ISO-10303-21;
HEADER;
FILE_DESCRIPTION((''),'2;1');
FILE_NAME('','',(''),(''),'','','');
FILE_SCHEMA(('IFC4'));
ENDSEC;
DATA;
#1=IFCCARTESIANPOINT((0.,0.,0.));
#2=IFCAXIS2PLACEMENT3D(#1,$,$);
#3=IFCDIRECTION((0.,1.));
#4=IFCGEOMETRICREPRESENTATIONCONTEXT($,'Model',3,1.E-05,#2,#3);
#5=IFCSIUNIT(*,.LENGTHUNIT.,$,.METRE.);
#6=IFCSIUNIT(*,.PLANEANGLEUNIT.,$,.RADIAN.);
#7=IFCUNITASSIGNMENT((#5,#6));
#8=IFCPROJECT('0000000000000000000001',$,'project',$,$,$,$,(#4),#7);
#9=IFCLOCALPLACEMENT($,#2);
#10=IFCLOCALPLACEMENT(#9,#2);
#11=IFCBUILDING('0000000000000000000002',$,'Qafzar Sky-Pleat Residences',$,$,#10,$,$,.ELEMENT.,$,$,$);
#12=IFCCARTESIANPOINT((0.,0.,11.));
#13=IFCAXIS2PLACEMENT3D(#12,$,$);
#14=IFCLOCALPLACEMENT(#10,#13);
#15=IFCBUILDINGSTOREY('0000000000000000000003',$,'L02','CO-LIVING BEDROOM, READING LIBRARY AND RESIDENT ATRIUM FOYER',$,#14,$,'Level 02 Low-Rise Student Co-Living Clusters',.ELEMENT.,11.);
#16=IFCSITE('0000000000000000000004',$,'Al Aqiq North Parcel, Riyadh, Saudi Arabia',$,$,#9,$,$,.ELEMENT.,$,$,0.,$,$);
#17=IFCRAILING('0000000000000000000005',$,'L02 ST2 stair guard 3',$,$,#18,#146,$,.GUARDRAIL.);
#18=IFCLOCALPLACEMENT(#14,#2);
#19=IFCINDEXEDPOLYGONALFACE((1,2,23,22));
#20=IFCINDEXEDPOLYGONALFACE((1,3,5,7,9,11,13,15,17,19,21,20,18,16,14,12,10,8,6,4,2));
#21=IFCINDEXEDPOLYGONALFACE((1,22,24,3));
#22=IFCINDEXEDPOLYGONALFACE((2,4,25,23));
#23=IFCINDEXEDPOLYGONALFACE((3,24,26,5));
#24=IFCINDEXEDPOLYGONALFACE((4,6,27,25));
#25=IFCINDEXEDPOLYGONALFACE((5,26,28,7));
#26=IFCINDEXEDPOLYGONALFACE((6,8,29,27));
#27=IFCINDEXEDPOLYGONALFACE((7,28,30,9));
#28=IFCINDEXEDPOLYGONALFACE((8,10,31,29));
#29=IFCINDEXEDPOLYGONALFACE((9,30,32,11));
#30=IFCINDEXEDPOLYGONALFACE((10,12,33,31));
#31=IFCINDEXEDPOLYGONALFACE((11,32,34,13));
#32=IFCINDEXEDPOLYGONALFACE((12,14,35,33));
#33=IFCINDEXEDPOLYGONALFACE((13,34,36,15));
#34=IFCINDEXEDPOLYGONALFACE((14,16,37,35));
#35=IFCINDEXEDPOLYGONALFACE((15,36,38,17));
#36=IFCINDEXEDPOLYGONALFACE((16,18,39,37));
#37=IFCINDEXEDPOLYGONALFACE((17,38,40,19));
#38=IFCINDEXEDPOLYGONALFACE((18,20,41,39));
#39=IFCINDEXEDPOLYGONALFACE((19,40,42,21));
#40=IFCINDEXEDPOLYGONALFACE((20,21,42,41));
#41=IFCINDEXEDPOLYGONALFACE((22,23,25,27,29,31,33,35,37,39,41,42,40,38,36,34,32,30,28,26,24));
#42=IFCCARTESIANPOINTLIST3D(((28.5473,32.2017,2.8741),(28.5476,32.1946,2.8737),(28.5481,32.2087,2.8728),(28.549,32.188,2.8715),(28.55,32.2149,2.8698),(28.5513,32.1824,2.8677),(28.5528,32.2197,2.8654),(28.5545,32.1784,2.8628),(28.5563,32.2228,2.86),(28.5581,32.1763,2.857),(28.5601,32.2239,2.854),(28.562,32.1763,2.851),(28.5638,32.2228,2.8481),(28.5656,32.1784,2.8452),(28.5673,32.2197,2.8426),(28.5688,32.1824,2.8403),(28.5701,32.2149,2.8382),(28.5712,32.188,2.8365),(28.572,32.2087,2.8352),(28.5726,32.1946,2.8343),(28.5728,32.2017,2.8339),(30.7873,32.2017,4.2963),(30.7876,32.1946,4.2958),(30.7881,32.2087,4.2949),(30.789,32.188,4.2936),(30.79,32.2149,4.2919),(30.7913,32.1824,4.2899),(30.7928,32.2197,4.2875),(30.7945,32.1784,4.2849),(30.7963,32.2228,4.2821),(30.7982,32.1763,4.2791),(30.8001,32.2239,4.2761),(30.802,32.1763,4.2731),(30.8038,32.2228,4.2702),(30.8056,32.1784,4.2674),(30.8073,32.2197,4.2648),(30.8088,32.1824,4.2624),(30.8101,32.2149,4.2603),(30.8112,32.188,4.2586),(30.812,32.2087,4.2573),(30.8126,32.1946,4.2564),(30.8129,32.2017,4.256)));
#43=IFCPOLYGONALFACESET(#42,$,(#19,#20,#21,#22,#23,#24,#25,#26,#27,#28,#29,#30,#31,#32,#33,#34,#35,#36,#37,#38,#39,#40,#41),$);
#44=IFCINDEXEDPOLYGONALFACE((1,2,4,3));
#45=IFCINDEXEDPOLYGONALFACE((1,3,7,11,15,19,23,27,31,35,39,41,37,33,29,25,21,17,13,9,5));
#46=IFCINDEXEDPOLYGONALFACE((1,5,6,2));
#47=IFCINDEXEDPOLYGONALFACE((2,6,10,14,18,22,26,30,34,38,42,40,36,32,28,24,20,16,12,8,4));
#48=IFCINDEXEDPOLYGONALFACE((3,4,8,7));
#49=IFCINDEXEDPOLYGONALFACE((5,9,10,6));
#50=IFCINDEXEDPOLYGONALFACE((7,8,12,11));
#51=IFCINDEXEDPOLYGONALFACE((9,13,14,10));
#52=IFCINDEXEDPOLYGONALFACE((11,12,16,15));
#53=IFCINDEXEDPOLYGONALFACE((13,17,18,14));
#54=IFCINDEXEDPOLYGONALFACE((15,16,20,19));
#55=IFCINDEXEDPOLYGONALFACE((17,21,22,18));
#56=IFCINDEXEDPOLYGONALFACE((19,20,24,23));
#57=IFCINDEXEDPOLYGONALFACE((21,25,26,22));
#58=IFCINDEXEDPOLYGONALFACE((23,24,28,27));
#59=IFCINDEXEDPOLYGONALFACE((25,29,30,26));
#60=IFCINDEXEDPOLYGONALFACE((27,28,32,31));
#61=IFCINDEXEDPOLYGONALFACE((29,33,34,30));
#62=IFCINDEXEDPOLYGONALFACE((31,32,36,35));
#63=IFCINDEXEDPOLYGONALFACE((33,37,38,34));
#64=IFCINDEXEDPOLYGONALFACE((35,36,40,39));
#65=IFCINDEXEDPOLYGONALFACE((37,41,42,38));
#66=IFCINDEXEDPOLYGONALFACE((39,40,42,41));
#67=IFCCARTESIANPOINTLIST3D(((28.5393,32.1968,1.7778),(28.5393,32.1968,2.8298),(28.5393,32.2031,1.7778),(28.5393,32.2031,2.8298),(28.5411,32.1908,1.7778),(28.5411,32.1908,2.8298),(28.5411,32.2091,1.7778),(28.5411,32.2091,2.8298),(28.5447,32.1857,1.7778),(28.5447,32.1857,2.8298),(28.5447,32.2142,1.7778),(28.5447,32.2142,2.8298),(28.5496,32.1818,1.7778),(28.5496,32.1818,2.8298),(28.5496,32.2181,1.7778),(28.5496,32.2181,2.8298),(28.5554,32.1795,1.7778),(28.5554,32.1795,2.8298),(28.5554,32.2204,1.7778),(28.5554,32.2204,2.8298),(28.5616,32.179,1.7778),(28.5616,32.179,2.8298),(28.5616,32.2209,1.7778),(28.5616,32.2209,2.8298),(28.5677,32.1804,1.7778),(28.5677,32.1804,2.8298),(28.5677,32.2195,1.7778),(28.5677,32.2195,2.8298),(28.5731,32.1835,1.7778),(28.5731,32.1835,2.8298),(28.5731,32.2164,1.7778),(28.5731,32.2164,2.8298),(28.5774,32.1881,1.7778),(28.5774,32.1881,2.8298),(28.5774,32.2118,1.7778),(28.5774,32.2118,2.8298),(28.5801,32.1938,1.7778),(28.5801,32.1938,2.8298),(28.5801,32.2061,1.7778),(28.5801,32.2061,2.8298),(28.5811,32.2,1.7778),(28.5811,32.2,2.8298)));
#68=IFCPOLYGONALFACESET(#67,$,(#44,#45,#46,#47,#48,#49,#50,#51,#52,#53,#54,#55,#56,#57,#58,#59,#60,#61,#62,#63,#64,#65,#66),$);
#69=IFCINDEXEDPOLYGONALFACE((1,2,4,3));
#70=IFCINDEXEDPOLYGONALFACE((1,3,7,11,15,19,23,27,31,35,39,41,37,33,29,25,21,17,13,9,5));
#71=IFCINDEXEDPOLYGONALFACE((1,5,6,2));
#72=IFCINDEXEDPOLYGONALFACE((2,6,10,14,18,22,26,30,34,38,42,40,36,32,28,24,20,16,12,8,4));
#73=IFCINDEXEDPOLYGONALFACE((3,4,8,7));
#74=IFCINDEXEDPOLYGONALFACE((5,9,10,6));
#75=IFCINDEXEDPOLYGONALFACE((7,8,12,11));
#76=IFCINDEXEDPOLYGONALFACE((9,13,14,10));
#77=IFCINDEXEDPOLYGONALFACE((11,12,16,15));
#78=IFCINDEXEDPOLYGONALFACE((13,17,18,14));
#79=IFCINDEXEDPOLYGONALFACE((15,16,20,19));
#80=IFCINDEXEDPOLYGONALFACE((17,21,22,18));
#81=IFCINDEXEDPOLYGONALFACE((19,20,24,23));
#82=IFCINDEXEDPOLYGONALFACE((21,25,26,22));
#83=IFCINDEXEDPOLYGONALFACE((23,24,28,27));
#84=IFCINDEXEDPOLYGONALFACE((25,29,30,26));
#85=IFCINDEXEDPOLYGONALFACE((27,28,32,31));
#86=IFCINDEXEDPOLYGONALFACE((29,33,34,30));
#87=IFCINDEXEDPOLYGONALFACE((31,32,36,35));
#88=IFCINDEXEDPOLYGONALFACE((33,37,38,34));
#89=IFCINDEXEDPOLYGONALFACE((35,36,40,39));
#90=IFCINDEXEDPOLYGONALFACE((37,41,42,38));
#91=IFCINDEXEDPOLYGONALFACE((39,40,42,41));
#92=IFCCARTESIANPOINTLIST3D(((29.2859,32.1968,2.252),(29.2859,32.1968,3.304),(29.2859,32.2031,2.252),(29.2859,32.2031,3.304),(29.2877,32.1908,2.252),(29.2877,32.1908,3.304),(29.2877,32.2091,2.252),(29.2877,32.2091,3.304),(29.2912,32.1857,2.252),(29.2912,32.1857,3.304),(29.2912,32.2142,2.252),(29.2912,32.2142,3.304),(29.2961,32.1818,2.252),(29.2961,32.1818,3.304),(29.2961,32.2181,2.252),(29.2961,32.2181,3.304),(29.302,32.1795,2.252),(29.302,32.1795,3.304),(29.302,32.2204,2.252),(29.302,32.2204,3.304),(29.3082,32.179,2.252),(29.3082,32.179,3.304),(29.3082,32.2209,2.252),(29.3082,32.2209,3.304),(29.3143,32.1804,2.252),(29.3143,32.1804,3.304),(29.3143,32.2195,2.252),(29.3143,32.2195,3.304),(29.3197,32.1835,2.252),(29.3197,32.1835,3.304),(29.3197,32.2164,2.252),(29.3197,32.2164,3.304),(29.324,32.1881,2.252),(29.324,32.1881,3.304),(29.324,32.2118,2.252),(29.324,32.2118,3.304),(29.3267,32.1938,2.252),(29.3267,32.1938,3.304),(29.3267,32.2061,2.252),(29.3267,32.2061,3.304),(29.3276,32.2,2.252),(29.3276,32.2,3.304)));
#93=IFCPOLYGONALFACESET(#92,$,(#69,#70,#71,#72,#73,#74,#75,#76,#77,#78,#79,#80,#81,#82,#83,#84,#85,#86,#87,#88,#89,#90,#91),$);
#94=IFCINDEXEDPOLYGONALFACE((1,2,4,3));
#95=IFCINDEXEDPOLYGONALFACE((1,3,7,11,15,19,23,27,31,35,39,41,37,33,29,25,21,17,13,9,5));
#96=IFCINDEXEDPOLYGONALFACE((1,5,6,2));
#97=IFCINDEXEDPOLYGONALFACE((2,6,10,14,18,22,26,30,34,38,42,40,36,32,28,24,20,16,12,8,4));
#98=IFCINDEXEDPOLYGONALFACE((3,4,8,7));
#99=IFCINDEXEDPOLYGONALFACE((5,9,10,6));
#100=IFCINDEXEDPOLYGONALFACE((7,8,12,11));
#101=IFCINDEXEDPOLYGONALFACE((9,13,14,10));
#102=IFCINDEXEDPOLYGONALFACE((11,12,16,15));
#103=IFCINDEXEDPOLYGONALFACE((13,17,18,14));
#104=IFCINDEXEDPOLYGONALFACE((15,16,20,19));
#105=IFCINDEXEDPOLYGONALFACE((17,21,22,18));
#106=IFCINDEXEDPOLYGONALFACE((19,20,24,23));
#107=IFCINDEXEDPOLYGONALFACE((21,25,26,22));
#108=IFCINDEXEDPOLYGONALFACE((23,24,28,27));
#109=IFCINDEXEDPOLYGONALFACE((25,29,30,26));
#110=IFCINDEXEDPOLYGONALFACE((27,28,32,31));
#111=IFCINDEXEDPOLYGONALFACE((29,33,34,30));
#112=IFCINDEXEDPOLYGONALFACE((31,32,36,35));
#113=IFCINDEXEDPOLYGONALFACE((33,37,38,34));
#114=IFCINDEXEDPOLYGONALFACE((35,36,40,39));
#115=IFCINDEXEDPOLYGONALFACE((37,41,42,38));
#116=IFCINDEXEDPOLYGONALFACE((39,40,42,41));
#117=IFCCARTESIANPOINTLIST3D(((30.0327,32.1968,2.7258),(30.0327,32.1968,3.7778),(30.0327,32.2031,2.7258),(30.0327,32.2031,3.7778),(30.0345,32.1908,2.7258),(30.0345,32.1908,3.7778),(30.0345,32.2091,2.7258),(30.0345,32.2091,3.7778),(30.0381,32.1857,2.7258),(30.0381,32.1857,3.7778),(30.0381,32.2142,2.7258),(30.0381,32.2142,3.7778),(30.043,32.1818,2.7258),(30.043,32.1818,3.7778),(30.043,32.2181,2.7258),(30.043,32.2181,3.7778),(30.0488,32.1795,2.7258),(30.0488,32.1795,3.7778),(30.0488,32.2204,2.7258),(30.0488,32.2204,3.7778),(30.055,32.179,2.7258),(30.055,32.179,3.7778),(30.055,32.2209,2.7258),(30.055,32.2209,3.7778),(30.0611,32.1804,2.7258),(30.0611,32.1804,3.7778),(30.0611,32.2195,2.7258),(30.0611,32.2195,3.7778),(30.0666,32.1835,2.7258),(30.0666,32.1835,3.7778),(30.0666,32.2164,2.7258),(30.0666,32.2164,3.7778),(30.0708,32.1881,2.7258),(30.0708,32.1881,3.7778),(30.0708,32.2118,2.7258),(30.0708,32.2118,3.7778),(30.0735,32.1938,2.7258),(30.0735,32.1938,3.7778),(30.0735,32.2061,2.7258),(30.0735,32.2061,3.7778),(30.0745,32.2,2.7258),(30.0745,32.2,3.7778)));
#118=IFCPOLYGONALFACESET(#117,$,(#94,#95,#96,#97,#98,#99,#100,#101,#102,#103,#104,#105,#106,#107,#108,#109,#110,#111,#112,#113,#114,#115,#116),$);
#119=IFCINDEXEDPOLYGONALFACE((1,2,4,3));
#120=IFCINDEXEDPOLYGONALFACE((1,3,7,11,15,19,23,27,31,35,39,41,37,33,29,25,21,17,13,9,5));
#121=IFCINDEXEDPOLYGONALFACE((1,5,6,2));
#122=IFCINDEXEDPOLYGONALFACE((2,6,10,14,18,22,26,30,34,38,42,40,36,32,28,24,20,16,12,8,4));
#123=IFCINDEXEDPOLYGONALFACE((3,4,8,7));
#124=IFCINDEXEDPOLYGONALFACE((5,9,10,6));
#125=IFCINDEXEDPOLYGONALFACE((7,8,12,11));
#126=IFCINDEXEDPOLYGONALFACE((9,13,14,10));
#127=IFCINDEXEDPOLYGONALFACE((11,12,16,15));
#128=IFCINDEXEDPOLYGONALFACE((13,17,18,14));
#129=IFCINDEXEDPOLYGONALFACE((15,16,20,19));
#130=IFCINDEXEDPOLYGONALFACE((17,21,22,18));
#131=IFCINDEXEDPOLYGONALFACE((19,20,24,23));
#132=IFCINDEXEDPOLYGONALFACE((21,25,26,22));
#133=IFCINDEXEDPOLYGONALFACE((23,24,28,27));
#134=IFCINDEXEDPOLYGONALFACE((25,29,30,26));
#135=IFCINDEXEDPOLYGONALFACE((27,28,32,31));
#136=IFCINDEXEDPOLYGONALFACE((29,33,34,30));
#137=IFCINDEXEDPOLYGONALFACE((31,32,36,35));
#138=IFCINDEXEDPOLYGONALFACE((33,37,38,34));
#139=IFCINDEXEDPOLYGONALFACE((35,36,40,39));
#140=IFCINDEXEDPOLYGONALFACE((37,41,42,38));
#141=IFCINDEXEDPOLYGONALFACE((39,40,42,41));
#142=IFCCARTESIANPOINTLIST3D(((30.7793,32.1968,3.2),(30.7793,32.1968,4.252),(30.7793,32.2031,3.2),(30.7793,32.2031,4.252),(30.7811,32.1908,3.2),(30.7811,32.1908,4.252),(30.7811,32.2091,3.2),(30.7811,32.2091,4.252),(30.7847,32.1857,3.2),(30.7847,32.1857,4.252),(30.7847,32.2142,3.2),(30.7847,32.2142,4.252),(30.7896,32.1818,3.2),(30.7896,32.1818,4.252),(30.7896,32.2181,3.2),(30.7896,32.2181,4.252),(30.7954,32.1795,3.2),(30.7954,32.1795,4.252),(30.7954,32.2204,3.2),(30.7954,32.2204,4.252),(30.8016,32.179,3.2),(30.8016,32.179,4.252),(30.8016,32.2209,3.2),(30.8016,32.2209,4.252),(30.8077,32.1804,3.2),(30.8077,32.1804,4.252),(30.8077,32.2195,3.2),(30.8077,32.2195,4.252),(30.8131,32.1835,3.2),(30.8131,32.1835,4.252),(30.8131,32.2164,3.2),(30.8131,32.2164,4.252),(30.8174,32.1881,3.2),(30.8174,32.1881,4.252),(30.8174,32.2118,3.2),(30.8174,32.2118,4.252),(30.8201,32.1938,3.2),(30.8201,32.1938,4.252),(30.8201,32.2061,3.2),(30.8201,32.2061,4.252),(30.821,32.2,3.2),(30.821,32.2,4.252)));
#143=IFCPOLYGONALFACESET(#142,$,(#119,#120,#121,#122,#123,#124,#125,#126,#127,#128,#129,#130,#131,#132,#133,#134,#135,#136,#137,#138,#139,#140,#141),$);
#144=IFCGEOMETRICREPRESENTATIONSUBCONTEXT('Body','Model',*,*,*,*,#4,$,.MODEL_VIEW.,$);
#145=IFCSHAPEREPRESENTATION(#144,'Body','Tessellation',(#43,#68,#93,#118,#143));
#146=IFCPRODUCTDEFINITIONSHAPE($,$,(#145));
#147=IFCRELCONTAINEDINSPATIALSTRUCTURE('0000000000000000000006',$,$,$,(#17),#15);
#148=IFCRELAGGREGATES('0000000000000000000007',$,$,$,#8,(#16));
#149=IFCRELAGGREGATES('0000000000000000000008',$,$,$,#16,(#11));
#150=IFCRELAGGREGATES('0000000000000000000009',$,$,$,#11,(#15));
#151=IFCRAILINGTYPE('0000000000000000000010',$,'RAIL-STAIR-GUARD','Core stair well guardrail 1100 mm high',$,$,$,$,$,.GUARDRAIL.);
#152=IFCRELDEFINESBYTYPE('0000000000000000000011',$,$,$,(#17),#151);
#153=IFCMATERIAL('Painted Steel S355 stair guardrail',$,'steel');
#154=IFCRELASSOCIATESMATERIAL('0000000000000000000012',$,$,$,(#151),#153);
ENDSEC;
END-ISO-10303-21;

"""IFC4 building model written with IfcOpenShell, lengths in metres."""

from ifc_helpers import new_model, si_unit, direction, frame, origin, origin_2d, place, context, subcontext, project, spatial, circle, extrude, source, transform, mapped, material, type_object, element, save


model = new_model("IFC4")

# Units and contexts
model_context = context("Model", 3, precision=1e-05, world=origin(), true_north=direction((0.0, 1.0)))
body_context = subcontext(model_context, "Body", "Model", "MODEL_VIEW")
ifc_project = project(units=[si_unit("LENGTHUNIT", "METRE"), si_unit("PLANEANGLEUNIT", "RADIAN")], contexts=[model_context])

# Site, building, storey
site_placement = place(None, origin())
site = spatial("IfcSite", under=ifc_project, at=site_placement, Name="Al Aqiq North Parcel, Riyadh, Saudi Arabia", CompositionType="ELEMENT", RefElevation=0.0)
building_placement = place(site_placement, origin())
building = spatial("IfcBuilding", under=site, at=building_placement, Name="Qafzar Sky-Pleat Residences", CompositionType="ELEMENT")
storey_placement = place(building_placement, frame((0.0, 0.0, 11.0)))
storey = spatial("IfcBuildingStorey", under=building, at=storey_placement, Name="L02", Description="CO-LIVING BEDROOM, READING LIBRARY AND RESIDENT ATRIUM FOYER", LongName="Level 02 Low-Rise Student Co-Living Clusters", CompositionType="ELEMENT", Elevation=11.0)

# Railing
ifc_material_1 = material(Name="Painted Steel S355 stair guardrail", Category="steel")
railing_type_1 = type_object("IfcRailingType", Name="RAIL-STAIR-GUARD", Description="Core stair well guardrail 1100 mm high", PredefinedType="GUARDRAIL", material=ifc_material_1)
shared_shape_1 = source(origin(), body_context, "Body", "SweptSolid", [
    extrude(circle(Radius=0.0239, at=origin_2d()), frame((0.0, 0.0, 1.0762), z_axis=(0.844229, 0.0, 0.535982), x_axis=(0.0, 1.0, 0.0)), (0.0, 0.0, 1.0), 2.6533),
    extrude(circle(Radius=0.021, at=origin_2d()), origin(), (0.0, 0.0, 1.0), 1.052),
    extrude(circle(Radius=0.021, at=origin_2d()), frame((0.7466, 0.0, 0.4741)), (0.0, 0.0, 1.0), 1.052),
    extrude(circle(Radius=0.021, at=origin_2d()), frame((1.4934, 0.0, 0.948)), (0.0, 0.0, 1.0), 1.052),
    extrude(circle(Radius=0.021, at=origin_2d()), frame((2.24, 0.0, 1.4221)), (0.0, 0.0, 1.0), 1.052),
])
railing_1_placement = place(storey_placement, frame((28.5601, 32.2, 1.7778)))
element("IfcRailing", 1, at=railing_1_placement, inside=storey, type_object=railing_type_1, Name="L02 ST2 stair guard 3", PredefinedType="GUARDRAIL", context=body_context, shape_type="MappedRepresentation", body=[
    mapped(shared_shape_1, transform((0.0, 0.0, 0.0), x_axis=(1.0, 0.0, 0.0), y_axis=(0.0, 1.0, 0.0), z_axis=(0.0, 0.0, 1.0), scale=1.0)),
])

save(model, "model.ifc")
